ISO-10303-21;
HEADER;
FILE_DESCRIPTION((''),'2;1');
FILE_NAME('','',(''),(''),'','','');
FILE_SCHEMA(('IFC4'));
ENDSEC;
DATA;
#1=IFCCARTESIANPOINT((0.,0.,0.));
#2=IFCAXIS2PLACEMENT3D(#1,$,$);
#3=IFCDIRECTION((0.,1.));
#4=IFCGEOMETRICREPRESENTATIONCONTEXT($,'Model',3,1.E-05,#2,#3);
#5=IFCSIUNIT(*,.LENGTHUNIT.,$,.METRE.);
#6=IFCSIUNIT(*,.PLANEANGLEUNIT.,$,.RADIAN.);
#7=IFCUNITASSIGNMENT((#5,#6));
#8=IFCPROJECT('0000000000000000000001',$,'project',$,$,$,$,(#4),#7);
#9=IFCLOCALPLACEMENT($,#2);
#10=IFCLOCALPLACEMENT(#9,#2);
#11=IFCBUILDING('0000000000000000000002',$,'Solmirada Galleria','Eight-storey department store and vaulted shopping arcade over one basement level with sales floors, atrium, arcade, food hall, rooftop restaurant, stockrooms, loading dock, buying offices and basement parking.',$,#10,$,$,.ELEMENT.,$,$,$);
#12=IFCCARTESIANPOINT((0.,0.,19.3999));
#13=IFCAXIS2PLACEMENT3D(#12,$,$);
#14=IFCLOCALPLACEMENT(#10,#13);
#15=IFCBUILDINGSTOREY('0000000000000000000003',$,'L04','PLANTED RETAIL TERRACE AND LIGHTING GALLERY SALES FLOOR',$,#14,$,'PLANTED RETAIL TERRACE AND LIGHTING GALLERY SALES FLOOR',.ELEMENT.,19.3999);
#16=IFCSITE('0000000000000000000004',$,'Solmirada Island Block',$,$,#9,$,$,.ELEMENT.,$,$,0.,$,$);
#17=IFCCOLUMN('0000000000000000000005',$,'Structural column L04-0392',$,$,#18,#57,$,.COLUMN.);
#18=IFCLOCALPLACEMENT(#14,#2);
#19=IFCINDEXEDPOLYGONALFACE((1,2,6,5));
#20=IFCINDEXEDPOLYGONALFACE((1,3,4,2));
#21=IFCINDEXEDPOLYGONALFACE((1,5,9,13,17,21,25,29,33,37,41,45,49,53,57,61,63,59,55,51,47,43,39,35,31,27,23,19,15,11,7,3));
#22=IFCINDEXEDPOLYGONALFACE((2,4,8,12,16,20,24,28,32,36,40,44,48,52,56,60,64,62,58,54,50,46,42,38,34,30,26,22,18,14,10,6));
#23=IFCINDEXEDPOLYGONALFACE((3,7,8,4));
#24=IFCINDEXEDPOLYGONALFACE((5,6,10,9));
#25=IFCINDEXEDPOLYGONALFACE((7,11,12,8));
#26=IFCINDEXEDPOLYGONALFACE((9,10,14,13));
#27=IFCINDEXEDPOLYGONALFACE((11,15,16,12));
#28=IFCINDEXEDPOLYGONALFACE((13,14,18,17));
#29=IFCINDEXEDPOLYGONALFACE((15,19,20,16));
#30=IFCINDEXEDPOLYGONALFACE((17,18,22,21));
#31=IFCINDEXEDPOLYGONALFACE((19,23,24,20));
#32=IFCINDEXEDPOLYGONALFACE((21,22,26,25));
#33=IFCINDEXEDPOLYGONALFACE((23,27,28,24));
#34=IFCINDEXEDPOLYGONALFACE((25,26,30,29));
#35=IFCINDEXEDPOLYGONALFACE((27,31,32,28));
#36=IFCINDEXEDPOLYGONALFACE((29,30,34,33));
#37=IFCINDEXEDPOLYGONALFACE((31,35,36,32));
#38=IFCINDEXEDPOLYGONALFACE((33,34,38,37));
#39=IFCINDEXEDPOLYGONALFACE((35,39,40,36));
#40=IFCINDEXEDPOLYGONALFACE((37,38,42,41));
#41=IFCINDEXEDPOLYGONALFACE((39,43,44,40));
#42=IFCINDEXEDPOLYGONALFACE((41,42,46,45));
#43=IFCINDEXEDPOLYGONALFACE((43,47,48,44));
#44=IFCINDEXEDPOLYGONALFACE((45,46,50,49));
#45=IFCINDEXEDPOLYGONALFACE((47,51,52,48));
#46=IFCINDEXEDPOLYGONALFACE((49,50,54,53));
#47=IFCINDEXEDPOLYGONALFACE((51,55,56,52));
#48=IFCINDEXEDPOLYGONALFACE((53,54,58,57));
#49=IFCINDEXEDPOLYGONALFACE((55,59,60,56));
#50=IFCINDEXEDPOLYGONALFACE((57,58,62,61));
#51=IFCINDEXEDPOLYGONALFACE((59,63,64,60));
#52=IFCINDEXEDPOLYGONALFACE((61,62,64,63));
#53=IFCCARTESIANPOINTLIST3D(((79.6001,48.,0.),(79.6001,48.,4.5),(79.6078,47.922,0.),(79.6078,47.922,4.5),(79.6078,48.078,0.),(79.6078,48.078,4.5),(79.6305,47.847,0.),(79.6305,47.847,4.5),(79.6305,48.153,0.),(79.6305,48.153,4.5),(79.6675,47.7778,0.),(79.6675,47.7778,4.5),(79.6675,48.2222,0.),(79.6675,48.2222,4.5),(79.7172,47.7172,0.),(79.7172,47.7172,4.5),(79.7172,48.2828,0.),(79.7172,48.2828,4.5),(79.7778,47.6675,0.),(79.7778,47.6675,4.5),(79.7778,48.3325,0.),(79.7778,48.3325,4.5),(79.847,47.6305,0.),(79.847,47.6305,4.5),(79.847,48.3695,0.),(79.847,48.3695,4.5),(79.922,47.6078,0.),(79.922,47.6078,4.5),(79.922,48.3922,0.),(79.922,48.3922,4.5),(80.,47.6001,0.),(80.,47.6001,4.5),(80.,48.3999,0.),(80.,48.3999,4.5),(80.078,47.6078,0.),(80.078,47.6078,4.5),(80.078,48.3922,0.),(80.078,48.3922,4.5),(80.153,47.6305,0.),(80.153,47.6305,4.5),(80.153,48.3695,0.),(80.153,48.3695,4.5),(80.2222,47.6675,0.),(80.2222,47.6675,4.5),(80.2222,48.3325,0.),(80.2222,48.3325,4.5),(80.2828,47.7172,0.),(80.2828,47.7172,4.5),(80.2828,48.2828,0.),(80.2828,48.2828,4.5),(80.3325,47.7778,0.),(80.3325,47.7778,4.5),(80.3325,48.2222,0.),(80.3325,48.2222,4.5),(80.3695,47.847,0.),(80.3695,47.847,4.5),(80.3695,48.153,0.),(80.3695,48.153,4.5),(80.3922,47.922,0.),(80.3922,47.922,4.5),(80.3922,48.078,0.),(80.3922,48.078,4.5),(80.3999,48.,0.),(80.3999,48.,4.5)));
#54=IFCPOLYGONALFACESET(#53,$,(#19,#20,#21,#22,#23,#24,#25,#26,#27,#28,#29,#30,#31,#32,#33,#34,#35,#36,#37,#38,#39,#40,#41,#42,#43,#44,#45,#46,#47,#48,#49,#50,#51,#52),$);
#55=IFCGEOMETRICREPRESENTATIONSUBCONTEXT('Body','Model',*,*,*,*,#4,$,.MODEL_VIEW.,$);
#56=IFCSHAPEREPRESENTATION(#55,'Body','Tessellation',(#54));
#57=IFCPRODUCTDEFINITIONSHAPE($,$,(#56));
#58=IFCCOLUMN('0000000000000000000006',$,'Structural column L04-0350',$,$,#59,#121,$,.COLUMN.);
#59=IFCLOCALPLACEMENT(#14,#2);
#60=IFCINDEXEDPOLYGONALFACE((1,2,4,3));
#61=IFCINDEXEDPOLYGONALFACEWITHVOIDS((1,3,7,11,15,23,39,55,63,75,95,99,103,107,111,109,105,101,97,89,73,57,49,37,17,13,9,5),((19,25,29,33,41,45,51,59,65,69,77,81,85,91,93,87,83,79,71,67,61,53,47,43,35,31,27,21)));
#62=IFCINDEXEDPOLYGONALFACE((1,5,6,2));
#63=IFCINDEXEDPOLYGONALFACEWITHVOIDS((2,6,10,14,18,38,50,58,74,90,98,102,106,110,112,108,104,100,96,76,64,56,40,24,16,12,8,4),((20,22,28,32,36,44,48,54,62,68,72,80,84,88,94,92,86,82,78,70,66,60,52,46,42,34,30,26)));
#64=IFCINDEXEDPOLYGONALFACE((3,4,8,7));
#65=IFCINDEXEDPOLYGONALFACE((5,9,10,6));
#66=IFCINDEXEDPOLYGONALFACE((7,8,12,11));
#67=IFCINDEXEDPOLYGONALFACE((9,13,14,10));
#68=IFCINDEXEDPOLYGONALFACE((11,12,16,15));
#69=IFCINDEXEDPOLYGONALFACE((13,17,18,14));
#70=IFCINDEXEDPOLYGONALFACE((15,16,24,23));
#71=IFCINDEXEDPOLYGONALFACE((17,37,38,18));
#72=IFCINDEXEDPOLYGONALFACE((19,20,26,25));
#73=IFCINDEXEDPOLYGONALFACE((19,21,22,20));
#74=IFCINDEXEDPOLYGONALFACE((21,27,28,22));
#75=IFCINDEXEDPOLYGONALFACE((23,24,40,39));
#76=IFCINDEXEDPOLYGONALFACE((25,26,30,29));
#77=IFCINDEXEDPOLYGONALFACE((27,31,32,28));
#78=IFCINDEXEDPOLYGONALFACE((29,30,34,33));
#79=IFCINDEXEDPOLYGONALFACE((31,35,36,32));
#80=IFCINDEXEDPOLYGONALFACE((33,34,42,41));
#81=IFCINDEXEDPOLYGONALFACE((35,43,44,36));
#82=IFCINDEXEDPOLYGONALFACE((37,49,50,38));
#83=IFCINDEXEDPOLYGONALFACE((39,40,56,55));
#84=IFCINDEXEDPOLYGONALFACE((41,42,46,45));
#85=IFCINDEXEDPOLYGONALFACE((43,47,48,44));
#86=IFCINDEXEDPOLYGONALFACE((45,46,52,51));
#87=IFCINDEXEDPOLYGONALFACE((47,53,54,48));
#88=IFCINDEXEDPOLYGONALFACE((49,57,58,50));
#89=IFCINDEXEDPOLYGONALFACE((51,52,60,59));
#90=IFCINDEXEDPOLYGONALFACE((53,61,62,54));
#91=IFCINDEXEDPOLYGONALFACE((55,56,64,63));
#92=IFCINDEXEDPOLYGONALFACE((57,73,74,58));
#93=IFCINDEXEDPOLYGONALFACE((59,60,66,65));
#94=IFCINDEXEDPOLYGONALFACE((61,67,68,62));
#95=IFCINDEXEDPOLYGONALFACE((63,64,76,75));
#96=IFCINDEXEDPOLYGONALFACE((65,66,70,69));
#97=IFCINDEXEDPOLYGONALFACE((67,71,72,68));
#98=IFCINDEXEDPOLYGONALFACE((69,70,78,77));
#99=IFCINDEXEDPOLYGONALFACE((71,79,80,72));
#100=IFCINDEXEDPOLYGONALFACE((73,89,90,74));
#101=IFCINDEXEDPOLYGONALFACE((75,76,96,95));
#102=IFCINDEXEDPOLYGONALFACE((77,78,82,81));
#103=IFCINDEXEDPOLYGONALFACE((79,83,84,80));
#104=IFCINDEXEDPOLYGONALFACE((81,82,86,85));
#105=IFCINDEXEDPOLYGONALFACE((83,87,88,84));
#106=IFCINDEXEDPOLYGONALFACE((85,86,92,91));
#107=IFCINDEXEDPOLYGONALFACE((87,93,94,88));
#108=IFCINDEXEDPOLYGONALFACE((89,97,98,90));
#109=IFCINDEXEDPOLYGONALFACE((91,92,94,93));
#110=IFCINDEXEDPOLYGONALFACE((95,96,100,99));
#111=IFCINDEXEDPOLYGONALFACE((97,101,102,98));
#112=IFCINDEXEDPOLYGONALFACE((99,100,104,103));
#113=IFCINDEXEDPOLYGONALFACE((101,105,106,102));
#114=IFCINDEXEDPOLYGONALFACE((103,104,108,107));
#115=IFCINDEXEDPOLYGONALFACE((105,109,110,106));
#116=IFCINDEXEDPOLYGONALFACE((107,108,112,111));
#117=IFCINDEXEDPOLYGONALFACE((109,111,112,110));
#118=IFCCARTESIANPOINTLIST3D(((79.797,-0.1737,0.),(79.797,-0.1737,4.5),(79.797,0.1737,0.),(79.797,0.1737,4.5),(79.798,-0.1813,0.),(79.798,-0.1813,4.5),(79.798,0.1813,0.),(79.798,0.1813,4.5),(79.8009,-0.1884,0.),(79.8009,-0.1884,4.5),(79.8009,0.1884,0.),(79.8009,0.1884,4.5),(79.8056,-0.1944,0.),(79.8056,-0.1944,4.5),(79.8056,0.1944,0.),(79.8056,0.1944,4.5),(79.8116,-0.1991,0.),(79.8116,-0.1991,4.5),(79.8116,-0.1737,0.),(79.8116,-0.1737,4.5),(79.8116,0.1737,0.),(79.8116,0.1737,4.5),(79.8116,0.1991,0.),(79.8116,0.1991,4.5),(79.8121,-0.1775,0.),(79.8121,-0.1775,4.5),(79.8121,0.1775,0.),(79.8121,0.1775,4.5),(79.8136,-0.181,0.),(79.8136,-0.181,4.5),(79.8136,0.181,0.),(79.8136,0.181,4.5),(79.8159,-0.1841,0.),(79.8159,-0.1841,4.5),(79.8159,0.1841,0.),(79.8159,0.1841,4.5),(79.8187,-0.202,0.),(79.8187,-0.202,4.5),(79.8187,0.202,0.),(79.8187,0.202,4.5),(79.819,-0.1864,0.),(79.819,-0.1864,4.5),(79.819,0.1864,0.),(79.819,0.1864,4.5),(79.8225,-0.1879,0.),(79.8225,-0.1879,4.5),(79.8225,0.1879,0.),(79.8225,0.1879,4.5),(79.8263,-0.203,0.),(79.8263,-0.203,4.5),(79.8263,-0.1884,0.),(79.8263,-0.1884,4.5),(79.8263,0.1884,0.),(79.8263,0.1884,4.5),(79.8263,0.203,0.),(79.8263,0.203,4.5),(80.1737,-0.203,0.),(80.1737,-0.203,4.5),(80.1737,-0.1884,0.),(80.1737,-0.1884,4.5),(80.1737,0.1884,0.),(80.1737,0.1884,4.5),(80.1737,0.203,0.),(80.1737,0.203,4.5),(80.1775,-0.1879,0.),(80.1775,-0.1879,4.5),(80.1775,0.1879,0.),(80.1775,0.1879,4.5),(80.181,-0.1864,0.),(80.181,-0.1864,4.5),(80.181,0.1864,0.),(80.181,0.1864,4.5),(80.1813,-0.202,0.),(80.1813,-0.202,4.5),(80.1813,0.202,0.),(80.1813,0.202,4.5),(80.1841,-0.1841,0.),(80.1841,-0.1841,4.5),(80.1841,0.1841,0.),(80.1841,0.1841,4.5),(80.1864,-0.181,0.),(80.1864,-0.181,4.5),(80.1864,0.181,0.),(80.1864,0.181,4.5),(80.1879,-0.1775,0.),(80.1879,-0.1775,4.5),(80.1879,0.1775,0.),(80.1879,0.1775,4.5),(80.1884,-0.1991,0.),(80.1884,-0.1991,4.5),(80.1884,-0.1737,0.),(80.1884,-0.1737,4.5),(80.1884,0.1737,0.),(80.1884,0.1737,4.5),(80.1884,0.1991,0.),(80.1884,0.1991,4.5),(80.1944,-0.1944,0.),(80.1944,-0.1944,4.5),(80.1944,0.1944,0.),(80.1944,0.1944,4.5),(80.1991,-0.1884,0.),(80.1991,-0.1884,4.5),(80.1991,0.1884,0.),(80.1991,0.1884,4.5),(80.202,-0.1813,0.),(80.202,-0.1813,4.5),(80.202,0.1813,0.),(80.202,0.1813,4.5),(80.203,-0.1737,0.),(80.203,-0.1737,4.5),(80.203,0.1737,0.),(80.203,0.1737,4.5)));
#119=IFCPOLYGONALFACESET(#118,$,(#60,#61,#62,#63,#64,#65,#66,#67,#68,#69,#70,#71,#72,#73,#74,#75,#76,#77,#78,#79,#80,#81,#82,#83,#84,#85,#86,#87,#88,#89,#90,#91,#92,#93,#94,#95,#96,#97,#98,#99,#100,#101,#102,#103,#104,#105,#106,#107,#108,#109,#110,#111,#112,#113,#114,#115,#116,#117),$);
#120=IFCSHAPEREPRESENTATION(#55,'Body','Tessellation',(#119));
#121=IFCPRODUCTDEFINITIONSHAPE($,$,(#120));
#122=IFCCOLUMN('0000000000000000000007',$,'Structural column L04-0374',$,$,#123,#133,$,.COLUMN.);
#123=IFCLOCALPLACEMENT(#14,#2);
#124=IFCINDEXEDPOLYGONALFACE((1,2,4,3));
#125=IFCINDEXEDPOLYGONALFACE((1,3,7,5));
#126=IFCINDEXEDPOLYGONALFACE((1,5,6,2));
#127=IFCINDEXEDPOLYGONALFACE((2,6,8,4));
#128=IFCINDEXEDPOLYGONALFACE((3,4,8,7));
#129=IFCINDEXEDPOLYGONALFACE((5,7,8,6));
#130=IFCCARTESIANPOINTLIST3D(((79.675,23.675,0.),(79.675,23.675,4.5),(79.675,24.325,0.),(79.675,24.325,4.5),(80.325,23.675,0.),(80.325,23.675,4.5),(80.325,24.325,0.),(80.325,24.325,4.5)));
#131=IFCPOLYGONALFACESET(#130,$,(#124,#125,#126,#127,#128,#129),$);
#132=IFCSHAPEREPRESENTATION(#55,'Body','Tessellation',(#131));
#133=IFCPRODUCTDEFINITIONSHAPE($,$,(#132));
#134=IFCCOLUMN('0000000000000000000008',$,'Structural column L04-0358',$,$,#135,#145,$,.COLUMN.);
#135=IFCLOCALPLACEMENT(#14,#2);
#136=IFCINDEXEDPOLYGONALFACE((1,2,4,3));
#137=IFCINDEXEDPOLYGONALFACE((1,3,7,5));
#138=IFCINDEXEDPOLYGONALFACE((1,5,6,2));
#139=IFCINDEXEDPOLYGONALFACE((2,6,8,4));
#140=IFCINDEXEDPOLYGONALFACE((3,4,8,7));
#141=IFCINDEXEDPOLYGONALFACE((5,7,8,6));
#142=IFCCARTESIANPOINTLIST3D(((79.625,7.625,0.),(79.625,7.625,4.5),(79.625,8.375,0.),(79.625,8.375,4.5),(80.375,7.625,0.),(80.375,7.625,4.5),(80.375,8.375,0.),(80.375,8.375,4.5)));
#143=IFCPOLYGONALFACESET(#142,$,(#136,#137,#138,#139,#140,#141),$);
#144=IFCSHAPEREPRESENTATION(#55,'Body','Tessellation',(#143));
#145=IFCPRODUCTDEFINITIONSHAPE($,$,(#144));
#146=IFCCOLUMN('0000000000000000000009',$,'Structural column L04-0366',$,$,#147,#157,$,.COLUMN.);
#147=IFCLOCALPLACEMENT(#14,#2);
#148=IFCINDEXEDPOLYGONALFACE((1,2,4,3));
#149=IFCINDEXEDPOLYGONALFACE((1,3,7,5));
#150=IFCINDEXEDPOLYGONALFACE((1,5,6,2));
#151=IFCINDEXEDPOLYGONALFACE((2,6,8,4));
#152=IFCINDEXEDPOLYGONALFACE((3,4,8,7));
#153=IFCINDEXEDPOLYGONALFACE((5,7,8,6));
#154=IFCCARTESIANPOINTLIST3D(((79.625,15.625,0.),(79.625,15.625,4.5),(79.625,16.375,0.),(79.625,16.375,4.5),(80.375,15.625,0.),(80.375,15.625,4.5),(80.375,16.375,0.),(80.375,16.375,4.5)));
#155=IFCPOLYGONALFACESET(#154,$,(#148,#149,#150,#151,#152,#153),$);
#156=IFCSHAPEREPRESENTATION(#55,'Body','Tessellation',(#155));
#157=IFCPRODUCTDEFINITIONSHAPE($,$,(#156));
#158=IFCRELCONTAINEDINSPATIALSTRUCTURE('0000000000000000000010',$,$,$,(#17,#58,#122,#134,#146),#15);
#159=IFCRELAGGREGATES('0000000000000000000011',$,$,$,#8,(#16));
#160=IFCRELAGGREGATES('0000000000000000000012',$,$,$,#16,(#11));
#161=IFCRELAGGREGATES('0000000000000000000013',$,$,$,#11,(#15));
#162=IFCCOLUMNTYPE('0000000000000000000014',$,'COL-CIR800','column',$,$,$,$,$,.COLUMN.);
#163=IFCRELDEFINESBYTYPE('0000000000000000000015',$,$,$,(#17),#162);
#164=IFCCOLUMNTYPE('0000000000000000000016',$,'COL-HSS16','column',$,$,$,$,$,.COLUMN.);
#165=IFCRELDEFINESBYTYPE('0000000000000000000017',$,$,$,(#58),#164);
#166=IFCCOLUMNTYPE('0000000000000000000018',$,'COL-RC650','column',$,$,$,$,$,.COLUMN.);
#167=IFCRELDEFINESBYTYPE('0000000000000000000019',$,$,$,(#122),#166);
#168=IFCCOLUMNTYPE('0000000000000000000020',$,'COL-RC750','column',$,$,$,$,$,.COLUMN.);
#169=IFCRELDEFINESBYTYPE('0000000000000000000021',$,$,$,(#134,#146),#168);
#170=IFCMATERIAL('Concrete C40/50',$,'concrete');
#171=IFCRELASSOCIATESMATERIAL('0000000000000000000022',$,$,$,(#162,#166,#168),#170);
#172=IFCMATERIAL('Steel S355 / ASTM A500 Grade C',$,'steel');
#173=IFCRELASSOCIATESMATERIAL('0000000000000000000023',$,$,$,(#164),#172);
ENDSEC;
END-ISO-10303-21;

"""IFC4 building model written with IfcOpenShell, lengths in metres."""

from ifc_helpers import new_model, si_unit, direction, frame, origin, origin_2d, place, context, subcontext, project, spatial, rectangle, hollow_rectangle, circle, extrude, material, material_profile, profile_set, type_object, element, save


model = new_model("IFC4")

# Units and contexts
model_context = context("Model", 3, precision=1e-05, world=origin(), true_north=direction((0.0, 1.0)))
body_context = subcontext(model_context, "Body", "Model", "MODEL_VIEW")
ifc_project = project(units=[si_unit("LENGTHUNIT", "METRE"), si_unit("PLANEANGLEUNIT", "RADIAN")], contexts=[model_context])

# Site, building, storey
site_placement = place(None, origin())
site = spatial("IfcSite", under=ifc_project, at=site_placement, Name="Solmirada Island Block", CompositionType="ELEMENT", RefElevation=0.0)
building_placement = place(site_placement, origin())
building = spatial("IfcBuilding", under=site, at=building_placement, Name="Solmirada Galleria", Description="Eight-storey department store and vaulted shopping arcade over one basement level with sales floors, atrium, arcade, food hall, rooftop restaurant, stockrooms, loading dock, buying offices and basement parking.", CompositionType="ELEMENT")
storey_placement = place(building_placement, frame((0.0, 0.0, 19.3999)))
storey = spatial("IfcBuildingStorey", under=building, at=storey_placement, Name="L04", Description="PLANTED RETAIL TERRACE AND LIGHTING GALLERY SALES FLOOR", LongName="PLANTED RETAIL TERRACE AND LIGHTING GALLERY SALES FLOOR", CompositionType="ELEMENT", Elevation=19.3999)

# Columns
ifc_material_1 = material(Name="Steel S355 / ASTM A500 Grade C", Category="steel")
ifc_material_2 = material(Name="Concrete C40/50", Category="concrete")
ifc_material_profile_1 = material_profile(ifc_material_2, circle(Radius=0.3999, at=origin_2d()), Name="RCCOL800")
ifc_profile_set_1 = profile_set([ifc_material_profile_1], Name="Concrete C40/50")
column_type_1 = type_object("IfcColumnType", Name="COL-CIR800", Description="column", PredefinedType="COLUMN", material=ifc_profile_set_1)
column_1_placement = place(storey_placement, frame((80.0, 48.0, 0.0), z_axis=(0.0, 0.0, 1.0), x_axis=(1.0, 0.0, 0.0)))
element("IfcColumn", 1, at=column_1_placement, inside=storey, type_object=column_type_1, Name="Structural column L04-0392", PredefinedType="COLUMN", context=body_context, shape_type="SweptSolid", body=[
    extrude(circle(Radius=0.3999, at=origin_2d()), origin(), (0.0, 0.0, 1.0), 4.5),
])
ifc_material_profile_2 = material_profile(ifc_material_1, hollow_rectangle(XDim=0.406, YDim=0.406, WallThickness=0.0146, InnerFilletRadius=0.0146, OuterFilletRadius=0.0293, at=origin_2d()), Name="HSS16X16X5/8")
ifc_profile_set_2 = profile_set([ifc_material_profile_2], Name="Steel S355 / ASTM A500 Grade C")
column_type_2 = type_object("IfcColumnType", Name="COL-HSS16", Description="column", PredefinedType="COLUMN", material=ifc_profile_set_2)
column_2_placement = place(storey_placement, frame((80.0, 0.0, 0.0), z_axis=(0.0, 0.0, 1.0), x_axis=(1.0, 0.0, 0.0)))
element("IfcColumn", 2, at=column_2_placement, inside=storey, type_object=column_type_2, Name="Structural column L04-0350", PredefinedType="COLUMN", context=body_context, shape_type="SweptSolid", body=[
    extrude(hollow_rectangle(XDim=0.406, YDim=0.406, WallThickness=0.0146, InnerFilletRadius=0.0146, OuterFilletRadius=0.0293, at=origin_2d()), origin(), (0.0, 0.0, 1.0), 4.5),
])
ifc_material_profile_3 = material_profile(ifc_material_2, rectangle(XDim=0.6499, YDim=0.6499, at=origin_2d()), Name="RC650X650")
ifc_profile_set_3 = profile_set([ifc_material_profile_3], Name="Concrete C40/50")
column_type_3 = type_object("IfcColumnType", Name="COL-RC650", Description="column", PredefinedType="COLUMN", material=ifc_profile_set_3)
column_3_placement = place(storey_placement, frame((80.0, 24.0, 0.0), z_axis=(0.0, 0.0, 1.0), x_axis=(1.0, 0.0, 0.0)))
element("IfcColumn", 3, at=column_3_placement, inside=storey, type_object=column_type_3, Name="Structural column L04-0374", PredefinedType="COLUMN", context=body_context, shape_type="SweptSolid", body=[
    extrude(rectangle(XDim=0.6499, YDim=0.6499, at=origin_2d()), origin(), (0.0, 0.0, 1.0), 4.5),
])
ifc_material_profile_4 = material_profile(ifc_material_2, rectangle(XDim=0.75, YDim=0.75, at=origin_2d()), Name="RC750X750")
ifc_profile_set_4 = profile_set([ifc_material_profile_4], Name="Concrete C40/50")
column_type_4 = type_object("IfcColumnType", Name="COL-RC750", Description="column", PredefinedType="COLUMN", material=ifc_profile_set_4)
for number, where, z_axis, x_axis, name in (
    (4, (80.0, 8.0, 0.0), (0.0, 0.0, 1.0), (1.0, 0.0, 0.0), "Structural column L04-0358"),
    (5, (80.0, 16.0, 0.0), (0.0, 0.0, 1.0), (1.0, 0.0, 0.0), "Structural column L04-0366"),
):
    element("IfcColumn", number, at=place(storey_placement, frame(where, z_axis=z_axis, x_axis=x_axis)), inside=storey, type_object=column_type_4, Name=name, PredefinedType="COLUMN", context=body_context, shape_type="SweptSolid", body=[
        extrude(rectangle(XDim=0.75, YDim=0.75, at=origin_2d()), origin(), (0.0, 0.0, 1.0), 4.5),
    ])

save(model, "model.ifc")
